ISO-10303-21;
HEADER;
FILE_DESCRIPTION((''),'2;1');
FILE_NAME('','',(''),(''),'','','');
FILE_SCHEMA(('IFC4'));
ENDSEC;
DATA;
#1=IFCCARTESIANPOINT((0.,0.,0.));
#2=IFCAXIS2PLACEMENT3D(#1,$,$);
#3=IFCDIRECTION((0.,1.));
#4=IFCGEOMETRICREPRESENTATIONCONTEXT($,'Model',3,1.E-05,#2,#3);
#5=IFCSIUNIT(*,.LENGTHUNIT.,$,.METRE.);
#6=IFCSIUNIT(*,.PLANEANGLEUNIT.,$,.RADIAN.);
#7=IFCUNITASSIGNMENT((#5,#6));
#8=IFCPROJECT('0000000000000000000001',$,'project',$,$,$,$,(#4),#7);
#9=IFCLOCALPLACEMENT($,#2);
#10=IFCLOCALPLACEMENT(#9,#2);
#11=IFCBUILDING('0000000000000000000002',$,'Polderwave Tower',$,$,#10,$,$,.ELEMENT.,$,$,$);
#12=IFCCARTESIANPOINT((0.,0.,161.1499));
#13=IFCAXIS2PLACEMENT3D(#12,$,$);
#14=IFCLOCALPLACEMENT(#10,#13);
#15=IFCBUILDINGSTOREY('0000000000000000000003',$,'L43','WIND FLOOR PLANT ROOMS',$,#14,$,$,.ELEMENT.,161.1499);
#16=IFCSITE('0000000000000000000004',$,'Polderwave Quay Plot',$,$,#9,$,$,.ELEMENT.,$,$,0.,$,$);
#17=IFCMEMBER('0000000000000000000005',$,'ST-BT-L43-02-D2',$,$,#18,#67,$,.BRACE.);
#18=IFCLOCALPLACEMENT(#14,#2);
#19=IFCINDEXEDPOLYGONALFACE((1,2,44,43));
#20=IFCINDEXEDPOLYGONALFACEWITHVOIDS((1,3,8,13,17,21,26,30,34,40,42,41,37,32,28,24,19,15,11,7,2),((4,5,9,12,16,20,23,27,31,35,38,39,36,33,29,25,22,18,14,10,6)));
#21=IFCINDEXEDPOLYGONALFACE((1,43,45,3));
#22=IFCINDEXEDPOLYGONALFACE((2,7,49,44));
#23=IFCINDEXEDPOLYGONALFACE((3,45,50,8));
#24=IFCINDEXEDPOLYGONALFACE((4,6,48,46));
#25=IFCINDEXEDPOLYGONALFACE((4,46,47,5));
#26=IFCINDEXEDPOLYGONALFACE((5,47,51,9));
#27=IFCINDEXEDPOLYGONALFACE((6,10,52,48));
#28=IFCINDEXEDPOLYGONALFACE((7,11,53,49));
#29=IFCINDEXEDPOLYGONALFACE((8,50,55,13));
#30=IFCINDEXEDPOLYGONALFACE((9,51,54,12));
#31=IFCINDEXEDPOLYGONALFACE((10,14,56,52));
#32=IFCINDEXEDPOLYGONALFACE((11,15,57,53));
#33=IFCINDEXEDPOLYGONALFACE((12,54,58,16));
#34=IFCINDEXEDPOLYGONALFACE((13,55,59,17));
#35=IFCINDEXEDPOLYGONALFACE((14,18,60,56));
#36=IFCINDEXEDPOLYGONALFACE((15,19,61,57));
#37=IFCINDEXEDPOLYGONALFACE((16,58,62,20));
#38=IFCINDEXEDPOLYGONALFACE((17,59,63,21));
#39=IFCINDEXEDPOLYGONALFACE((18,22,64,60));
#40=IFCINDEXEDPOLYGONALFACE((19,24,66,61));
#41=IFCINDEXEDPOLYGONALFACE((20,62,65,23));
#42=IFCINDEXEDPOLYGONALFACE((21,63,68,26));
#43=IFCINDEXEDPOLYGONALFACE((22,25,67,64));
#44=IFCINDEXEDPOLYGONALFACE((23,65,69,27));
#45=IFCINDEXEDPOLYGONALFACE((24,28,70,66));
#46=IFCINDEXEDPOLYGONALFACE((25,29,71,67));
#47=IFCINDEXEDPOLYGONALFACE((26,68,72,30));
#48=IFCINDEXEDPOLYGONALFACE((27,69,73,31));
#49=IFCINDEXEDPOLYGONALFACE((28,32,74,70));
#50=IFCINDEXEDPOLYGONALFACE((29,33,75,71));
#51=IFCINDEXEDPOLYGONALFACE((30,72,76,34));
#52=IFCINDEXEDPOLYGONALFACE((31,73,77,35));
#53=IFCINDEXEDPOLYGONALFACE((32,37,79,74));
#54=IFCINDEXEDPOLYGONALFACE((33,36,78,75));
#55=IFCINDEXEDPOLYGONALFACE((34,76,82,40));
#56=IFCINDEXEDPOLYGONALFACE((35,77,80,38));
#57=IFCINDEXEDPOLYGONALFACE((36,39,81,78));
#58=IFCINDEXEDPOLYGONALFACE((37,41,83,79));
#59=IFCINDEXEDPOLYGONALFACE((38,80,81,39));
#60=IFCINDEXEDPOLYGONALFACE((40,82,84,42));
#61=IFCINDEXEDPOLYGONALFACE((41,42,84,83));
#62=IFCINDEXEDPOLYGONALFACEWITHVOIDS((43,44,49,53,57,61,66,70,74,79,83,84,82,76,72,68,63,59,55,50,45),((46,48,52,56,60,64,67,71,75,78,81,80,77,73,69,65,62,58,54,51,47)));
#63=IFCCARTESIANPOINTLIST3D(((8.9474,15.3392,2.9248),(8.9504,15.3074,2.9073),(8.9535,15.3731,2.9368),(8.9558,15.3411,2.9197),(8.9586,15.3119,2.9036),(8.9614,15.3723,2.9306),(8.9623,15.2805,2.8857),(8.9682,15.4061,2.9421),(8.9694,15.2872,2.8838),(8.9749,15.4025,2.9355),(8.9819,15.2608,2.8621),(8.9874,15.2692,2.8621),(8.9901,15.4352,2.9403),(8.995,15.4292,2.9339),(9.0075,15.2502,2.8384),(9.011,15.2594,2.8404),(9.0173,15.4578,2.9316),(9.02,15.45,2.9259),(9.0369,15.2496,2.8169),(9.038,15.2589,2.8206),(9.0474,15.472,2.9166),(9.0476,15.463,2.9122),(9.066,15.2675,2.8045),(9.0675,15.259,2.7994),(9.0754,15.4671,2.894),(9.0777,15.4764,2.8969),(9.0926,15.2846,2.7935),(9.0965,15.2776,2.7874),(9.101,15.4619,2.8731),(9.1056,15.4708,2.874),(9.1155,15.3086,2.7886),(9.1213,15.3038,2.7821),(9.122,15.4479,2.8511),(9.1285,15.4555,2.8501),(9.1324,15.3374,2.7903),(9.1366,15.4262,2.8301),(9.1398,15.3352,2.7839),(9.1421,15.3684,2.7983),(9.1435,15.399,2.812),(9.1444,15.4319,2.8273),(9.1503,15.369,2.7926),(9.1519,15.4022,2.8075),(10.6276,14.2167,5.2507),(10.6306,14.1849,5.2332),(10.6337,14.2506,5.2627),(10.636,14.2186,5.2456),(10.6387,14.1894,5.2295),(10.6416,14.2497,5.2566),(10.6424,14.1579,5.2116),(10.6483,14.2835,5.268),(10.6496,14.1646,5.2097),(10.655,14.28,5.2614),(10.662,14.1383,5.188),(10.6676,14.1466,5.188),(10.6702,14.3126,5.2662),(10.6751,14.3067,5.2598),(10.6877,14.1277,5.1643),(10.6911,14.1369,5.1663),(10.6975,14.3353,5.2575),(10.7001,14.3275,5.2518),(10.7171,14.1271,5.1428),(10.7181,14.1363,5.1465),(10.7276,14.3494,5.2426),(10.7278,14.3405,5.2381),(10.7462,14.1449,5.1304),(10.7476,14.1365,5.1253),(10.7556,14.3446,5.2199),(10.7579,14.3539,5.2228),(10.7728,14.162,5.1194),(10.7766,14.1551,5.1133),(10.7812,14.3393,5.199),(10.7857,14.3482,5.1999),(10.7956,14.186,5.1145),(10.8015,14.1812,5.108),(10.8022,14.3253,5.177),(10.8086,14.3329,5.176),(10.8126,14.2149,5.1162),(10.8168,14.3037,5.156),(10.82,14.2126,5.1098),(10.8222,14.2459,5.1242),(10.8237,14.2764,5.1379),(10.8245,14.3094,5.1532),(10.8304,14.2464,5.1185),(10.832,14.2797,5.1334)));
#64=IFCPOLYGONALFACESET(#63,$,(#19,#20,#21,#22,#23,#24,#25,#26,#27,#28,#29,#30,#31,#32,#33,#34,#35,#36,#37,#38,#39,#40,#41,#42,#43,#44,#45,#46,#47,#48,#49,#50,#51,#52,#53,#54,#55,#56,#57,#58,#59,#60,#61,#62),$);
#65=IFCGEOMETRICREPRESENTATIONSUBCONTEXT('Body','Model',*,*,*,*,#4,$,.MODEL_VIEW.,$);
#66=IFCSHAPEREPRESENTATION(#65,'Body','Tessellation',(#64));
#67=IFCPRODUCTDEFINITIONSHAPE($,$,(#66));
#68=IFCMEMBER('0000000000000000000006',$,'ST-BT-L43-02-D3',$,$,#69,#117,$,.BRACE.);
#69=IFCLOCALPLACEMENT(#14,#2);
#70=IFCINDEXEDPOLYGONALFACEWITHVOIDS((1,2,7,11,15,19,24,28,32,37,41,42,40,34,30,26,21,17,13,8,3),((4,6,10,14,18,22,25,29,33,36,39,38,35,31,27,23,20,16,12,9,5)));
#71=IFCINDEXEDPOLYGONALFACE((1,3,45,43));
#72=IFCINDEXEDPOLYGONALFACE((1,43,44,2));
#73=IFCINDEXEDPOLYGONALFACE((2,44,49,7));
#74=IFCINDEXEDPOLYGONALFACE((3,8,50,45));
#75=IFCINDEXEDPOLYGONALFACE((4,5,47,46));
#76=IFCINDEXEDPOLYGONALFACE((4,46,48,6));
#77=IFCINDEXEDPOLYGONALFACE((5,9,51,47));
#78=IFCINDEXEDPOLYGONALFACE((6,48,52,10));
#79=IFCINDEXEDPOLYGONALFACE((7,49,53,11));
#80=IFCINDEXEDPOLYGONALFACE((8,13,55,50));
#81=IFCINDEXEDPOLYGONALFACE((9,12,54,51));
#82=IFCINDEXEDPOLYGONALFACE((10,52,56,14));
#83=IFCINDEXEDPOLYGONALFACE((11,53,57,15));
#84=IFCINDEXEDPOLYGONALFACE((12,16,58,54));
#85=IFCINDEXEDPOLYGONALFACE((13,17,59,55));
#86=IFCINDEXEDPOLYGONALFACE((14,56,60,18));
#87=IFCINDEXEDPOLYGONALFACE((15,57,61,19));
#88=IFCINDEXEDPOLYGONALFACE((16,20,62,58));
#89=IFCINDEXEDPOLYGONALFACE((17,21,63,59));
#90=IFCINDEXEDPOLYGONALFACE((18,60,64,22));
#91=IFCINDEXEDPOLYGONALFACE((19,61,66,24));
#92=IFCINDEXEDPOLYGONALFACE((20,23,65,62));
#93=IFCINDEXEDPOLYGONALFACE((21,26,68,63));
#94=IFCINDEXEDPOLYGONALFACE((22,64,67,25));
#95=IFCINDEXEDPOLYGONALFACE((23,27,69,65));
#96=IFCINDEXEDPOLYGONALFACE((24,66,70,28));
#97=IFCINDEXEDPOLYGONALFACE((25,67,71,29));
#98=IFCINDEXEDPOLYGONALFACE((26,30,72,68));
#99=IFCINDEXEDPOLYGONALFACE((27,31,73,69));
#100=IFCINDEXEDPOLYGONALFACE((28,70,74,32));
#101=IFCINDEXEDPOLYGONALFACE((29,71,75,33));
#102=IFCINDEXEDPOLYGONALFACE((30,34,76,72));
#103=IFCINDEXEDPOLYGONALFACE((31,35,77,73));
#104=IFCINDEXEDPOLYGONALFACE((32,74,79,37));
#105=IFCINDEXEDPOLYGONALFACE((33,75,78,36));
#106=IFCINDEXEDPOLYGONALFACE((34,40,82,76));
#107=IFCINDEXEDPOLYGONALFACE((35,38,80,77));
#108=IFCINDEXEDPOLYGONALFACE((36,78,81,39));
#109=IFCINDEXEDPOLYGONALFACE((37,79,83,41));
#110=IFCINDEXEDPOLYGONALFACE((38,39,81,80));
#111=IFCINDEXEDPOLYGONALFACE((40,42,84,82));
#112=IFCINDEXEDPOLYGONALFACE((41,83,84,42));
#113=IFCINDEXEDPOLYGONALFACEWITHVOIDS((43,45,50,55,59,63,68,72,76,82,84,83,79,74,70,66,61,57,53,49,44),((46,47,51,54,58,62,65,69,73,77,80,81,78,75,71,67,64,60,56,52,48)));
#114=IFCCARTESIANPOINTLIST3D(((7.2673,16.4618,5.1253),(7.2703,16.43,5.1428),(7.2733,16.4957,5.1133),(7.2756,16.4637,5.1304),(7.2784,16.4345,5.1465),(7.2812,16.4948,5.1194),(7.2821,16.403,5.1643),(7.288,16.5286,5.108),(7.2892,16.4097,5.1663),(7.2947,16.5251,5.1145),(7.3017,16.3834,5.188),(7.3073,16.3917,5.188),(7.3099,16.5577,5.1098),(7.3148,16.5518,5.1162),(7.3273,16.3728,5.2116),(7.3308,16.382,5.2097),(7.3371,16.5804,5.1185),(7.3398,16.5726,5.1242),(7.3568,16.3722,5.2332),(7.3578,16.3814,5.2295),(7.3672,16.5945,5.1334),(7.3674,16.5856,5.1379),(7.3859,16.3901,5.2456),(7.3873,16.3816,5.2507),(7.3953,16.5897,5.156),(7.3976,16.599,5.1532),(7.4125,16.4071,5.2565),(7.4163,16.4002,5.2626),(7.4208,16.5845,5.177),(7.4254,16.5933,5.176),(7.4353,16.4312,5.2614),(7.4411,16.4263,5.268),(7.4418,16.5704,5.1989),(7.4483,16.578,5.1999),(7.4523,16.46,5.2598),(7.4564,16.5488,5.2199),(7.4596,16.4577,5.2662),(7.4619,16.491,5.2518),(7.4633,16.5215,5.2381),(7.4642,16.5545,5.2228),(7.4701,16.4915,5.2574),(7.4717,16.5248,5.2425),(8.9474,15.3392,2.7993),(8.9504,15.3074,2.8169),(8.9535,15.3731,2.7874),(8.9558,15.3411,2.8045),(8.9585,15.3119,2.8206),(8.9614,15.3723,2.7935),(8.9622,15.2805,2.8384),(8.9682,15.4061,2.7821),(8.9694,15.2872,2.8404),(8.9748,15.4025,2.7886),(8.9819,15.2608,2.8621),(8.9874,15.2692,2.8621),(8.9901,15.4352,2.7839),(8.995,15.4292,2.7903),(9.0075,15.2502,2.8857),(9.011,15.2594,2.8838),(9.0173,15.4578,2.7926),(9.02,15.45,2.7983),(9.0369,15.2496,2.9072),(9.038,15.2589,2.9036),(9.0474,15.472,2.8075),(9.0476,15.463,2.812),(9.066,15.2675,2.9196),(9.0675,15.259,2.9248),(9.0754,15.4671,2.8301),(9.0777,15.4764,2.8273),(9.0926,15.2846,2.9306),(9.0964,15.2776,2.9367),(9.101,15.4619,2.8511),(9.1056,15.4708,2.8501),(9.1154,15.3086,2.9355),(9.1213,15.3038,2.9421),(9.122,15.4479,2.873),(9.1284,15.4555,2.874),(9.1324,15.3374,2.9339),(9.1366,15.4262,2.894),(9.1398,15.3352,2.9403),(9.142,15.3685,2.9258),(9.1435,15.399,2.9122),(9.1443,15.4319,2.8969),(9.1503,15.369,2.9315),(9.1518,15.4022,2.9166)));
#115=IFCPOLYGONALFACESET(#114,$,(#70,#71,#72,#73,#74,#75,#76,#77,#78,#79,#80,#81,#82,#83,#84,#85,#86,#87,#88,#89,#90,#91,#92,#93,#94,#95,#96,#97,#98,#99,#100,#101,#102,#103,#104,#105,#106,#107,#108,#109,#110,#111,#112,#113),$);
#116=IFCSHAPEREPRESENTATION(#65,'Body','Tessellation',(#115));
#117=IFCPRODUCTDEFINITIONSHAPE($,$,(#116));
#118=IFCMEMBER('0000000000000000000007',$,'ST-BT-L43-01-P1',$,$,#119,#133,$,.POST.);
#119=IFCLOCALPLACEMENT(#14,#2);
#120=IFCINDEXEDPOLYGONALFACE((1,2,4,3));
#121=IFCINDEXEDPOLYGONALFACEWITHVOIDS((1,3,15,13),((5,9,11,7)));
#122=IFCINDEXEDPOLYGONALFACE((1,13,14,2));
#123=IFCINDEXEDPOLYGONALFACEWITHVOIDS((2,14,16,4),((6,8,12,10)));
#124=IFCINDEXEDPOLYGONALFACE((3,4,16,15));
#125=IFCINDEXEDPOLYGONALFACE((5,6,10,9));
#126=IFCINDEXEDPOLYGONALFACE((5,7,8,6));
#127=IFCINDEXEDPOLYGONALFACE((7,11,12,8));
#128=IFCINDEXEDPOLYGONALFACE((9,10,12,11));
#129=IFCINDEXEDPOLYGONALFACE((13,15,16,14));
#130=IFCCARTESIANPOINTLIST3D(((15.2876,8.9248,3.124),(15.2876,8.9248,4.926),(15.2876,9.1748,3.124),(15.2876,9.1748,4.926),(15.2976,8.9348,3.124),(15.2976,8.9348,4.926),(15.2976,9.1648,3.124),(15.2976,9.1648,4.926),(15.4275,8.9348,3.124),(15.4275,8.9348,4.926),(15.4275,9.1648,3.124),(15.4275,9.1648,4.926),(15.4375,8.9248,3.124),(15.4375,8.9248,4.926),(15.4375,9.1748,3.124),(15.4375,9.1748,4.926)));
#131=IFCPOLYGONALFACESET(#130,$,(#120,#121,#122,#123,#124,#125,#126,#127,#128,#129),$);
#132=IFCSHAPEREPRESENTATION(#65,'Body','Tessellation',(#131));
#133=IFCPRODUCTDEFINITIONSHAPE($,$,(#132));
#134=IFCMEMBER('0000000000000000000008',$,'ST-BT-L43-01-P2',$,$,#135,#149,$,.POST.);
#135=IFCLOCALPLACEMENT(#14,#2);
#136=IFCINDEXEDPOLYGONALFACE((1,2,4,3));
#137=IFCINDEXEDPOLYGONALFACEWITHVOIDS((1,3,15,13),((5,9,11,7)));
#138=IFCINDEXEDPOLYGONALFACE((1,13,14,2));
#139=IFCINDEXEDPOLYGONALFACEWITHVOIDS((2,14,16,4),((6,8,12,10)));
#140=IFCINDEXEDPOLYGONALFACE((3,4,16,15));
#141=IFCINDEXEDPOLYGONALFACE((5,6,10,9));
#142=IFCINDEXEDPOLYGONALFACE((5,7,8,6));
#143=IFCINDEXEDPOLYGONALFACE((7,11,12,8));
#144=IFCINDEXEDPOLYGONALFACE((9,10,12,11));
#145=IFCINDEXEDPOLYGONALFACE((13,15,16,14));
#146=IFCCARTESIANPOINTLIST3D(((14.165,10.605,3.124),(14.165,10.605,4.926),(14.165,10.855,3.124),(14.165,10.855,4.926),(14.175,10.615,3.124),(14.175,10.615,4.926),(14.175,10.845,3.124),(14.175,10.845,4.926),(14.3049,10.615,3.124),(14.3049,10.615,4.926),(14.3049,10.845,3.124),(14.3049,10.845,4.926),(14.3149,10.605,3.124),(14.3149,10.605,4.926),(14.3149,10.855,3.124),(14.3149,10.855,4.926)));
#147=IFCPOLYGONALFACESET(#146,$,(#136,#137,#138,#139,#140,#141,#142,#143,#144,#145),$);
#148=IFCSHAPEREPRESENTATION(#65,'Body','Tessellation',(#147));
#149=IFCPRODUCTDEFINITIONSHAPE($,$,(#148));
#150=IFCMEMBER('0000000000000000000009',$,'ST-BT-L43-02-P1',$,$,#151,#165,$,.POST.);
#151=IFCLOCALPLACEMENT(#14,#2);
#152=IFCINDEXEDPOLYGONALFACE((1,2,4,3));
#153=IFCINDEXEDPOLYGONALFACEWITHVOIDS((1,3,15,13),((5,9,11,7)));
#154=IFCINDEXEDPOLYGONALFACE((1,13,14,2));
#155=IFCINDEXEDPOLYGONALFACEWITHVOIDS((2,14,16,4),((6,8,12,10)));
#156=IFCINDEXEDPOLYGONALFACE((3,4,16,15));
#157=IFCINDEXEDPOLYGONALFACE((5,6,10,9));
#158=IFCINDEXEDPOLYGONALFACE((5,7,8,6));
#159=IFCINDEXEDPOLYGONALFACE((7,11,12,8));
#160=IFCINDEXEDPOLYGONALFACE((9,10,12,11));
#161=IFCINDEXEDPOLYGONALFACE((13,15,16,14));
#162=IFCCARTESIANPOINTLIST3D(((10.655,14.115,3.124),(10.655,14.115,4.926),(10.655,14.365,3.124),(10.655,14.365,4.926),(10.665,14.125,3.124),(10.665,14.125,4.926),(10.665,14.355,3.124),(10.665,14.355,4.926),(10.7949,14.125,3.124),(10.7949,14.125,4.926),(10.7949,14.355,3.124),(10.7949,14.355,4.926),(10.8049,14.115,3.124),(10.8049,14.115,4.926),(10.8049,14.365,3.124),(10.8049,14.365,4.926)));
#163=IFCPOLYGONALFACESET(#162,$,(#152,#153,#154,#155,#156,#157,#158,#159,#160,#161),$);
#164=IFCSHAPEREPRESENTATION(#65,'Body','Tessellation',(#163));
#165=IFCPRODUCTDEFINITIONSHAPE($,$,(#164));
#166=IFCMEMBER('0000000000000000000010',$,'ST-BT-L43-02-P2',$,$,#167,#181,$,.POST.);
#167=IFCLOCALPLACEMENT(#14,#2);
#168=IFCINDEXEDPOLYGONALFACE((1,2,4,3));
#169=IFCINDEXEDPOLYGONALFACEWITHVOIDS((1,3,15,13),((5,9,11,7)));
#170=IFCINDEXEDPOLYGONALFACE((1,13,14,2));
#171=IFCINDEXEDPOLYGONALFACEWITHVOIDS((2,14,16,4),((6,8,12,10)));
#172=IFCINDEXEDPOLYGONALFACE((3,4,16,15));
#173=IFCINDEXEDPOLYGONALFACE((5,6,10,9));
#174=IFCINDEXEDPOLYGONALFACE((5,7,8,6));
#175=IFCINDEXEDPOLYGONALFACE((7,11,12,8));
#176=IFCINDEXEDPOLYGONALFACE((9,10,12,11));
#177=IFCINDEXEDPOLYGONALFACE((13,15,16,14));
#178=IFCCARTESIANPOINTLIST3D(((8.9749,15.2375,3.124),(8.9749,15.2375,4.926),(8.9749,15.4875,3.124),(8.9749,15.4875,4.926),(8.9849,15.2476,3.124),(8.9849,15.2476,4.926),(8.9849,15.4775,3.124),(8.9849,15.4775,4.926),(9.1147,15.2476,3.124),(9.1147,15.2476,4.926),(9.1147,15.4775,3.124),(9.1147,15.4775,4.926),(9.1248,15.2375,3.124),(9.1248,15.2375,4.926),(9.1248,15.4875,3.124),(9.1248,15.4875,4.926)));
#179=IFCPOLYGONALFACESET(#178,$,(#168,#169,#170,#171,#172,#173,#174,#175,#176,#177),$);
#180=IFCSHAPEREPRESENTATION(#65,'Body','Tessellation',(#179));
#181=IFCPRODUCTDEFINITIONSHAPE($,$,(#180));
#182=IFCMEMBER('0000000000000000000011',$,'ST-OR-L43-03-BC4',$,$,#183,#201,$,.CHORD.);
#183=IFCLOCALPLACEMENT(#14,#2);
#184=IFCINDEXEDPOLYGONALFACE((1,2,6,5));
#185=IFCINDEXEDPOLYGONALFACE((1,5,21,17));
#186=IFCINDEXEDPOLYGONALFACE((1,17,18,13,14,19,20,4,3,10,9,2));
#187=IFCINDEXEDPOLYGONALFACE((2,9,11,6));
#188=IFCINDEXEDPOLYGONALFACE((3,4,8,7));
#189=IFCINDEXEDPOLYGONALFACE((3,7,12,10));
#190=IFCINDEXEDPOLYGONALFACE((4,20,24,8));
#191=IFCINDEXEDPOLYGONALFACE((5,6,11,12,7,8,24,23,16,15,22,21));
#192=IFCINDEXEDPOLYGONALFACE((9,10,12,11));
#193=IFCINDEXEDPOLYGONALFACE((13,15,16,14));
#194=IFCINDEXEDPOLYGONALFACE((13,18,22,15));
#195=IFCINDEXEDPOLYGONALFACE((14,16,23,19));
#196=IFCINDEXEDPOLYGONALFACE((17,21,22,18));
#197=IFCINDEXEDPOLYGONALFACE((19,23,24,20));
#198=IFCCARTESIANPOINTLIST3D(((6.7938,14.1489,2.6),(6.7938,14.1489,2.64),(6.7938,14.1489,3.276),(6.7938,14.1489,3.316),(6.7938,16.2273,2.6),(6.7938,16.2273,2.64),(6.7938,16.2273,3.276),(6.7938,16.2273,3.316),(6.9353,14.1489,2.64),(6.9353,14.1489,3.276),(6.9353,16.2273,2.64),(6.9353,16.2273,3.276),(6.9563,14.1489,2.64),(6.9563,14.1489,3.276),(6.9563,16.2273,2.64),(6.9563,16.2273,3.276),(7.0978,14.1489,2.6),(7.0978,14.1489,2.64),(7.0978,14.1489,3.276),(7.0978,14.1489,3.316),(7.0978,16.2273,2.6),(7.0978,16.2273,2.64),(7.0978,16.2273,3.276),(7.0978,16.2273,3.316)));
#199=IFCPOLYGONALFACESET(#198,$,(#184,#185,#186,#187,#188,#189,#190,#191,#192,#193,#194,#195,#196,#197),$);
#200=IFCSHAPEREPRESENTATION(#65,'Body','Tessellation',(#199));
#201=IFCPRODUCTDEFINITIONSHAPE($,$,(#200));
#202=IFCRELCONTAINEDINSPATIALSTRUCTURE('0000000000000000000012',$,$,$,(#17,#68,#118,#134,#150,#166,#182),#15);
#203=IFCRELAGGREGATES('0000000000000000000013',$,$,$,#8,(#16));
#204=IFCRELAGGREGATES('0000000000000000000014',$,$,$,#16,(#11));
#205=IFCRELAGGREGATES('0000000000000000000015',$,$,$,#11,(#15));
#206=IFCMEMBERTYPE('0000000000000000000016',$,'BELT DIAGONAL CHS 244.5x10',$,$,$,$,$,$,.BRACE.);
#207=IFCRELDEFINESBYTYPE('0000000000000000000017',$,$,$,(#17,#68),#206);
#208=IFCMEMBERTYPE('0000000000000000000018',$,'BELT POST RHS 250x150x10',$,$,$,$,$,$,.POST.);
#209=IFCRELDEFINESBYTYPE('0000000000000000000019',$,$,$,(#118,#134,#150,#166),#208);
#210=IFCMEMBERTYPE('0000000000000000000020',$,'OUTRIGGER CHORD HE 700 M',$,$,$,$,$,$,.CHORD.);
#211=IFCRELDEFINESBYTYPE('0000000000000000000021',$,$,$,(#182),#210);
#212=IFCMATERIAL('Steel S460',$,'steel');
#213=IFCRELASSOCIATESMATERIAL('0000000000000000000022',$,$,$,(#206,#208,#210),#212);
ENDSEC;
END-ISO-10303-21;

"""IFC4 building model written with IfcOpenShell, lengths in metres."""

from ifc_helpers import new_model, si_unit, direction, frame, origin, origin_2d, place, context, subcontext, project, spatial, hollow_rectangle, hollow_circle, i_section, extrude, material, material_profile, profile_set, type_object, element, save


model = new_model("IFC4")

# Units and contexts
model_context = context("Model", 3, precision=1e-05, world=origin(), true_north=direction((0.0, 1.0)))
body_context = subcontext(model_context, "Body", "Model", "MODEL_VIEW")
ifc_project = project(units=[si_unit("LENGTHUNIT", "METRE"), si_unit("PLANEANGLEUNIT", "RADIAN")], contexts=[model_context])

# Site, building, storey
site_placement = place(None, origin())
site = spatial("IfcSite", under=ifc_project, at=site_placement, Name="Polderwave Quay Plot", CompositionType="ELEMENT", RefElevation=0.0)
building_placement = place(site_placement, origin())
building = spatial("IfcBuilding", under=site, at=building_placement, Name="Polderwave Tower", CompositionType="ELEMENT")
storey_placement = place(building_placement, frame((0.0, 0.0, 161.1499)))
storey = spatial("IfcBuildingStorey", under=building, at=storey_placement, Name="L43", Description="WIND FLOOR PLANT ROOMS", CompositionType="ELEMENT", Elevation=161.1499)

# Members
ifc_material_1 = material(Name="Steel S460", Category="steel")
ifc_material_profile_1 = material_profile(ifc_material_1, hollow_circle(Radius=0.1223, WallThickness=0.01, at=origin_2d()), Name="CHS 244.5x10")
ifc_profile_set_1 = profile_set([ifc_material_profile_1], Name="Steel S460")
member_type_1 = type_object("IfcMemberType", Name="BELT DIAGONAL CHS 244.5x10", PredefinedType="BRACE", material=ifc_profile_set_1)
for number, where, z_axis, x_axis, name in (
    (1, (10.73, 14.24, 5.188), (-0.54532, 0.364339, -0.754906), (-0.555536, -0.831492, 0.0), "ST-BT-L43-02-D2"),
    (2, (9.0498, 15.3625, 2.8621), (-0.54532, 0.364339, 0.754906), (-0.555536, -0.831492, 0.0), "ST-BT-L43-02-D3"),
):
    element("IfcMember", number, at=place(storey_placement, frame(where, z_axis=z_axis, x_axis=x_axis)), inside=storey, type_object=member_type_1, Name=name, PredefinedType="BRACE", context=body_context, shape_type="SweptSolid", body=[
        extrude(hollow_circle(Radius=0.1223, WallThickness=0.01, at=origin_2d()), origin(), (0.0, 0.0, 1.0), 3.0811),
    ])
ifc_material_profile_2 = material_profile(ifc_material_1, hollow_rectangle(XDim=0.1499, YDim=0.25, WallThickness=0.01, at=origin_2d()), Name="RHS 250x150x10")
ifc_profile_set_2 = profile_set([ifc_material_profile_2], Name="Steel S460")
member_type_2 = type_object("IfcMemberType", Name="BELT POST RHS 250x150x10", PredefinedType="POST", material=ifc_profile_set_2)
for number, where, z_axis, x_axis, name in (
    (3, (15.3625, 9.0498, 3.124), (0.0, 0.0, 1.0), (1.0, 0.0, 0.0), "ST-BT-L43-01-P1"),
    (4, (14.24, 10.73, 3.124), (0.0, 0.0, 1.0), (1.0, 0.0, 0.0), "ST-BT-L43-01-P2"),
    (5, (10.73, 14.24, 3.124), (0.0, 0.0, 1.0), (1.0, 0.0, 0.0), "ST-BT-L43-02-P1"),
    (6, (9.0498, 15.3625, 3.124), (0.0, 0.0, 1.0), (1.0, 0.0, 0.0), "ST-BT-L43-02-P2"),
):
    element("IfcMember", number, at=place(storey_placement, frame(where, z_axis=z_axis, x_axis=x_axis)), inside=storey, type_object=member_type_2, Name=name, PredefinedType="POST", context=body_context, shape_type="SweptSolid", body=[
        extrude(hollow_rectangle(XDim=0.1499, YDim=0.25, WallThickness=0.01, at=origin_2d()), origin(), (0.0, 0.0, 1.0), 1.802),
    ])
ifc_material_profile_3 = material_profile(ifc_material_1, i_section(OverallWidth=0.304, OverallDepth=0.7161, WebThickness=0.021, FlangeThickness=0.04, at=origin_2d()), Name="HE 700 M")
ifc_profile_set_3 = profile_set([ifc_material_profile_3], Name="Steel S460")
member_type_3 = type_object("IfcMemberType", Name="OUTRIGGER CHORD HE 700 M", PredefinedType="CHORD", material=ifc_profile_set_3)
member_1_placement = place(storey_placement, frame((6.9458, 14.1489, 2.958), z_axis=(0.0, 1.0, 0.0), x_axis=(-1.0, 0.0, 0.0)))
element("IfcMember", 7, at=member_1_placement, inside=storey, type_object=member_type_3, Name="ST-OR-L43-03-BC4", PredefinedType="CHORD", context=body_context, shape_type="SweptSolid", body=[
    extrude(i_section(OverallWidth=0.304, OverallDepth=0.7161, WebThickness=0.021, FlangeThickness=0.04, at=origin_2d()), origin(), (0.0, 0.0, 1.0), 2.0784),
])

save(model, "model.ifc")
